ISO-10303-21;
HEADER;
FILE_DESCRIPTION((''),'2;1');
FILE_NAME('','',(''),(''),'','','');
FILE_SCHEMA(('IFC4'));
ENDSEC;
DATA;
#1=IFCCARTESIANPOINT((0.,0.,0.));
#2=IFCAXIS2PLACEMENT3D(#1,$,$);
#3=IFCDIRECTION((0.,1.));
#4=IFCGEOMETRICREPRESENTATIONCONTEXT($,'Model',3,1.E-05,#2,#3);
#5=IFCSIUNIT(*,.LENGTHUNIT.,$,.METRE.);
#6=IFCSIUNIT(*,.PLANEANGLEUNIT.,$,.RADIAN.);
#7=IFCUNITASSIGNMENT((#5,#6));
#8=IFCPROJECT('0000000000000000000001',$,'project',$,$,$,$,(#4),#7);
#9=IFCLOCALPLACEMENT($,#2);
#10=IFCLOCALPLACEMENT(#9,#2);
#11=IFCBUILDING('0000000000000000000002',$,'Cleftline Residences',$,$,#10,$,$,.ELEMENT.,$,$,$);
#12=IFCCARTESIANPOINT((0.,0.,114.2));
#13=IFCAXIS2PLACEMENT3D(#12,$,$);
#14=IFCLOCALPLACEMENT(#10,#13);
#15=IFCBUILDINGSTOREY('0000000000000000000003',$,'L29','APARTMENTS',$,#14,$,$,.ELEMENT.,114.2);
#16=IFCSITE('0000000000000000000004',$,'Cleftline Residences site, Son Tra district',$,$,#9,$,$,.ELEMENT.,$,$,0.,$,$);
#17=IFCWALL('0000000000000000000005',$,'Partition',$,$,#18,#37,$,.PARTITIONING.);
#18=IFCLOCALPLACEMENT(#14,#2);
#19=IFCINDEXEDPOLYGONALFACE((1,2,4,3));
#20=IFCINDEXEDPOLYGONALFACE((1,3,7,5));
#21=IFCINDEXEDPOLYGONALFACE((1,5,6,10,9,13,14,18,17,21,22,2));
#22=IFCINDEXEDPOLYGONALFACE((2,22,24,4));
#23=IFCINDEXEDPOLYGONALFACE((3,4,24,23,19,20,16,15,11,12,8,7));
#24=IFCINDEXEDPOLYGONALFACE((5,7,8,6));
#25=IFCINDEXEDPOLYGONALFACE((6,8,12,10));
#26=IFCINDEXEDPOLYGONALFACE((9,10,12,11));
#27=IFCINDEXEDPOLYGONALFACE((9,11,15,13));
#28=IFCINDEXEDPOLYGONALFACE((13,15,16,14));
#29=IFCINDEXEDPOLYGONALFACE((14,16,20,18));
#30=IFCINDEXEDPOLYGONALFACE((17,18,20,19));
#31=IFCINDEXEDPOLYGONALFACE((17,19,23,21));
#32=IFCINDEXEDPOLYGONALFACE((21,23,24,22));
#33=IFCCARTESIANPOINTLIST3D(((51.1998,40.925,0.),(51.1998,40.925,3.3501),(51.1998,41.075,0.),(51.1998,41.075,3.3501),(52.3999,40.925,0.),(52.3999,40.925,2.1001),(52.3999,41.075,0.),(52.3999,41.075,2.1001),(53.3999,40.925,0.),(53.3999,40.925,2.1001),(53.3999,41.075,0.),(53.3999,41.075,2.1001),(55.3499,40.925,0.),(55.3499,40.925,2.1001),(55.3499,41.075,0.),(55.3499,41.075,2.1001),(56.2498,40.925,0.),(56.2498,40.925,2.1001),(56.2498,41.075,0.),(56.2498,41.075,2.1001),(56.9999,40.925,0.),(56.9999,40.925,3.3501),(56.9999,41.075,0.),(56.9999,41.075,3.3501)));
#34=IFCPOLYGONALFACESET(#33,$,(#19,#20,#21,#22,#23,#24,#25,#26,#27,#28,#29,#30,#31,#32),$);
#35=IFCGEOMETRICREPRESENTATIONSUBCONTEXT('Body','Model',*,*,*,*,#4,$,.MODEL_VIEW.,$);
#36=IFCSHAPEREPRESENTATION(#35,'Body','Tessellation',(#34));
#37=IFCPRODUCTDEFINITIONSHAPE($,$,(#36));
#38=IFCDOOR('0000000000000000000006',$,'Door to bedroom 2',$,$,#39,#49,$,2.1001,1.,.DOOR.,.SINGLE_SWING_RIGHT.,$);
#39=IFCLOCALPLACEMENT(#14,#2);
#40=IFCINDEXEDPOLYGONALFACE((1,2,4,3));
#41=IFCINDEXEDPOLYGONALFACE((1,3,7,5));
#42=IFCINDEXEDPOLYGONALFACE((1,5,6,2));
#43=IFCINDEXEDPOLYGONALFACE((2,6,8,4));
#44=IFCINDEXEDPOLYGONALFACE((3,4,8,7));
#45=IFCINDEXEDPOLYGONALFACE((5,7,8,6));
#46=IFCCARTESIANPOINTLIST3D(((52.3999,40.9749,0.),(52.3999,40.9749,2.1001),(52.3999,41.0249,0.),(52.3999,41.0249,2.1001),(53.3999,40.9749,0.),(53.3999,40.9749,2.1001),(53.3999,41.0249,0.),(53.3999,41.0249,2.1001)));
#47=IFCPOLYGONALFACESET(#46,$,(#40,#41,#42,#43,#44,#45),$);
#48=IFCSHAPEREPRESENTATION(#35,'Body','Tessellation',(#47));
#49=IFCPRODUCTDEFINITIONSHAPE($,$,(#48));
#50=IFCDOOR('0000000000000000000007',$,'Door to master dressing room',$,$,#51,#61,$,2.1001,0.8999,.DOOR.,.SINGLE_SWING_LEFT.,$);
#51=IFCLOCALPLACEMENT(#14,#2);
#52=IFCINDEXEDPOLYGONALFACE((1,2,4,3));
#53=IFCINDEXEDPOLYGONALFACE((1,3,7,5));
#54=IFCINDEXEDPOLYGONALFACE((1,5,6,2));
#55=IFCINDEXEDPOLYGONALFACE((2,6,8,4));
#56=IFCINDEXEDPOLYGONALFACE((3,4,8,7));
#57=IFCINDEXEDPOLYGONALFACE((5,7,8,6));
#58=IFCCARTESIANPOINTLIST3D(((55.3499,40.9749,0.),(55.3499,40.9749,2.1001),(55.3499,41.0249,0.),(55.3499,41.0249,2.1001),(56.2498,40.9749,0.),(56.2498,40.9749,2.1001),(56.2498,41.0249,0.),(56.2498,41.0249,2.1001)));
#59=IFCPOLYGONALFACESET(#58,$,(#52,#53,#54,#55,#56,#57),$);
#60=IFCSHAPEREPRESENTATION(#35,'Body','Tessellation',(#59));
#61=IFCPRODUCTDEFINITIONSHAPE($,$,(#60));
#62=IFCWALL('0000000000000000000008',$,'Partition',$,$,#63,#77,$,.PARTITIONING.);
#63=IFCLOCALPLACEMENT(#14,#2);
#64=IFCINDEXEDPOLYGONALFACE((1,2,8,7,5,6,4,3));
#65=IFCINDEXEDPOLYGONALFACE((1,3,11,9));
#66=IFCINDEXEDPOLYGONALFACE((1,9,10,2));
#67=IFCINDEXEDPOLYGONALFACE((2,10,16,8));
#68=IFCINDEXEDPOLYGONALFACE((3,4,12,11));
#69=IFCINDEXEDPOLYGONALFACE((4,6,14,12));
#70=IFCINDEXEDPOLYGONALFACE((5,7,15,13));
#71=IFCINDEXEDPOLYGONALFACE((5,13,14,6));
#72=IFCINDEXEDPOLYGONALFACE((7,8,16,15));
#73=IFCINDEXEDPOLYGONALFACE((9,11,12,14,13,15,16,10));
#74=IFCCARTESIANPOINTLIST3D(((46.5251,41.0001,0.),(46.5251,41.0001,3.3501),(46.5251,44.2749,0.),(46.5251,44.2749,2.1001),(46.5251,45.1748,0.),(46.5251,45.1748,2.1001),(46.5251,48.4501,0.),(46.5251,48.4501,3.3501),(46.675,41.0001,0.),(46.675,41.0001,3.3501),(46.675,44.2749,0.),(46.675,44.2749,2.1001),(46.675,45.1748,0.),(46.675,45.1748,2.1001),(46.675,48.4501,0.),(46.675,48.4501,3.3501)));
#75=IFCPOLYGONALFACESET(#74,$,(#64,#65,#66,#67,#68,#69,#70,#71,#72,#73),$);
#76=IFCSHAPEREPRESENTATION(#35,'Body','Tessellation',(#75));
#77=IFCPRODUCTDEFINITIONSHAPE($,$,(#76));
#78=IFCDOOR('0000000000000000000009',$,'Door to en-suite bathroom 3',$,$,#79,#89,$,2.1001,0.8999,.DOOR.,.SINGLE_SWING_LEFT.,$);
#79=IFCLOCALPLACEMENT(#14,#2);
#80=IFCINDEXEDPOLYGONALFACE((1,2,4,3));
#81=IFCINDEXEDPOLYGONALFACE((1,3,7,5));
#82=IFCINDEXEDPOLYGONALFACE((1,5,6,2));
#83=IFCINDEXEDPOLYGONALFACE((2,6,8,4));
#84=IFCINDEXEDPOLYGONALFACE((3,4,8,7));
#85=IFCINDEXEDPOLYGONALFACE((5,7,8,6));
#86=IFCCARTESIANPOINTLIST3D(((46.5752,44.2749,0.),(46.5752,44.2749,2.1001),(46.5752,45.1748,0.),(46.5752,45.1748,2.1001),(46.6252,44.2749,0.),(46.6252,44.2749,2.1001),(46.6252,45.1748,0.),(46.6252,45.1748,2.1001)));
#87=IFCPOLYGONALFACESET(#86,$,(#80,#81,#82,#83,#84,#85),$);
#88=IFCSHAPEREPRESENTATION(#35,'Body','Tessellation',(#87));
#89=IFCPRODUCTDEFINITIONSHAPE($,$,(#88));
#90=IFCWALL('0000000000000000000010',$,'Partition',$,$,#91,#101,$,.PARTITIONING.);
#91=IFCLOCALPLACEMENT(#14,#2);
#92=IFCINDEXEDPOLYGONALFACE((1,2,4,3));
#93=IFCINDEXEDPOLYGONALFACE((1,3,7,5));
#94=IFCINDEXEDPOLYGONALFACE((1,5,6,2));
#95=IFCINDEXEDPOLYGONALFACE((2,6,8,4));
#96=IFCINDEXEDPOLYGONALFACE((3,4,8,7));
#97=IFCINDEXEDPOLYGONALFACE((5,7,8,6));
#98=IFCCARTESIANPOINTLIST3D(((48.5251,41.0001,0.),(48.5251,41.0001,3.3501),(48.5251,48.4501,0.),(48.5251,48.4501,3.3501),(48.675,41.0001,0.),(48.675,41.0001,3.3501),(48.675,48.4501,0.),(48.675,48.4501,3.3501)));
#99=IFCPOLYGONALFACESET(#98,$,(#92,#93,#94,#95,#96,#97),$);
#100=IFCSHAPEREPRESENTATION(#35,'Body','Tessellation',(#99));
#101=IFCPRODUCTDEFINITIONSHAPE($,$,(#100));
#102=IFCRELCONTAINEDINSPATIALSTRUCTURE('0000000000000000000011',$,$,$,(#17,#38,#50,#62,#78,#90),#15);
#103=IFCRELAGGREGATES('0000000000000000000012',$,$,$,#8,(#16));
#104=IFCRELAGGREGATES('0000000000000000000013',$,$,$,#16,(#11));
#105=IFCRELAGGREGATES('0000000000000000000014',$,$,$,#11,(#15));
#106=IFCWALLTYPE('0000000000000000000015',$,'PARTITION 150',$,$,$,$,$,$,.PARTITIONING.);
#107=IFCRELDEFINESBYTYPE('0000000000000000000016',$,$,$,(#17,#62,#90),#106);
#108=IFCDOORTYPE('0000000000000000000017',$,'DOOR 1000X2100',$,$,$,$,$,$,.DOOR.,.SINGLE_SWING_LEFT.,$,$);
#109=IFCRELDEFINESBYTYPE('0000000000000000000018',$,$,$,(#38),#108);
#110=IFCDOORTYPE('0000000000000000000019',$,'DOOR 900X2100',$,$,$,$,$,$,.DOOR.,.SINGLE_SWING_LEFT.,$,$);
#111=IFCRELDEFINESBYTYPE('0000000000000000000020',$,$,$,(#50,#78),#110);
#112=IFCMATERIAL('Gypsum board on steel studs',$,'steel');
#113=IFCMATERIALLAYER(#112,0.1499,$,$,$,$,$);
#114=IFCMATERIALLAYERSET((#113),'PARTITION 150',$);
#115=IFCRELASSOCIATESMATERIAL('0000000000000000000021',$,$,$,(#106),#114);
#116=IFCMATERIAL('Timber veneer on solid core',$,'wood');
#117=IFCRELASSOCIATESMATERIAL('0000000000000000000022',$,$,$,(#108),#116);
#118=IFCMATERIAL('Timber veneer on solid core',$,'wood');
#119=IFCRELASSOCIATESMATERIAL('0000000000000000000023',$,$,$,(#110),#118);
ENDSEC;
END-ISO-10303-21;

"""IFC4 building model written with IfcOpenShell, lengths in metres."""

from ifc_helpers import new_model, si_unit, direction, frame, frame_2d, origin, place, context, subcontext, project, spatial, rectangle, extrude, material, layer, layer_set, type_object, element, fill, save


model = new_model("IFC4")

# Units and contexts
model_context = context("Model", 3, precision=1e-05, world=origin(), true_north=direction((0.0, 1.0)))
body_context = subcontext(model_context, "Body", "Model", "MODEL_VIEW")
ifc_project = project(units=[si_unit("LENGTHUNIT", "METRE"), si_unit("PLANEANGLEUNIT", "RADIAN")], contexts=[model_context])

# Site, building, storey
site_placement = place(None, origin())
site = spatial("IfcSite", under=ifc_project, at=site_placement, Name="Cleftline Residences site, Son Tra district", CompositionType="ELEMENT", RefElevation=0.0)
building_placement = place(site_placement, origin())
building = spatial("IfcBuilding", under=site, at=building_placement, Name="Cleftline Residences", CompositionType="ELEMENT")
storey_placement = place(building_placement, frame((0.0, 0.0, 114.2)))
storey = spatial("IfcBuildingStorey", under=building, at=storey_placement, Name="L29", Description="APARTMENTS", CompositionType="ELEMENT", Elevation=114.2)

# Shared definitions
ifc_material_1 = material(Name="Gypsum board on steel studs", Category="steel")
ifc_layer_1 = layer(ifc_material_1, 0.1499)
ifc_layer_set_1 = layer_set([ifc_layer_1], Name="PARTITION 150")
wall_type = type_object("IfcWallType", Name="PARTITION 150", PredefinedType="PARTITIONING", material=ifc_layer_set_1)
ifc_material_2 = material(Name="Timber veneer on solid core", Category="wood")
door_type_1 = type_object("IfcDoorType", Name="DOOR 1000X2100", OperationType="SINGLE_SWING_LEFT", PredefinedType="DOOR", material=ifc_material_2)
ifc_material_3 = material(Name="Timber veneer on solid core", Category="wood")
door_type_2 = type_object("IfcDoorType", Name="DOOR 900X2100", OperationType="SINGLE_SWING_LEFT", PredefinedType="DOOR", material=ifc_material_3)

# Wall, openings, doors
wall_1_placement = place(storey_placement, frame((51.2, 41.0, 0.0), z_axis=(0.0, 0.0, 1.0), x_axis=(1.0, 0.0, 0.0)))
wall_1 = element("IfcWall", 1, at=wall_1_placement, inside=storey, type_object=wall_type, Name="Partition", PredefinedType="PARTITIONING", context=body_context, shape_type="SweptSolid", body=[
    extrude(rectangle(XDim=5.8, YDim=0.1499, at=frame_2d((2.8999, 0.0))), origin(), (0.0, 0.0, 1.0), 3.3501),
])
opening_1_placement = place(wall_1_placement, frame((4.1499, 0.0, 0.0)))
opening_1 = element("IfcOpeningElement", 2, at=opening_1_placement, cuts=wall_1, PredefinedType="OPENING", context=body_context, shape_type="SweptSolid", body=[
    extrude(rectangle(XDim=0.8999, YDim=2.1001, at=frame_2d((0.45, 1.05))), frame((0.0, 0.085, 0.0), z_axis=(0.0, -1.0, 0.0), x_axis=(1.0, 0.0, 0.0)), (0.0, 0.0, 1.0), 0.1699),
])
opening_2_placement = place(wall_1_placement, frame((1.2, 0.0, 0.0)))
opening_2 = element("IfcOpeningElement", 3, at=opening_2_placement, cuts=wall_1, PredefinedType="OPENING", context=body_context, shape_type="SweptSolid", body=[
    extrude(rectangle(XDim=1.0, YDim=2.1001, at=frame_2d((0.5, 1.05))), frame((0.0, 0.085, 0.0), z_axis=(0.0, -1.0, 0.0), x_axis=(1.0, 0.0, 0.0)), (0.0, 0.0, 1.0), 0.1699),
])
door_1_placement = place(opening_2_placement, origin())
door_1 = element("IfcDoor", 4, at=door_1_placement, inside=storey, type_object=door_type_1, Name="Door to bedroom 2", OperationType="SINGLE_SWING_RIGHT", OverallHeight=2.1001, OverallWidth=1.0, PredefinedType="DOOR", context=body_context, shape_type="SweptSolid", body=[
    extrude(rectangle(XDim=1.0, YDim=2.1001, at=frame_2d((0.5, 1.05))), frame((0.0, 0.0249, 0.0), z_axis=(0.0, -1.0, 0.0), x_axis=(1.0, 0.0, 0.0)), (0.0, 0.0, 1.0), 0.05),
])
fill(opening_2, door_1)
door_2_placement = place(opening_1_placement, origin())
door_2 = element("IfcDoor", 5, at=door_2_placement, inside=storey, type_object=door_type_2, Name="Door to master dressing room", OperationType="SINGLE_SWING_LEFT", OverallHeight=2.1001, OverallWidth=0.8999, PredefinedType="DOOR", context=body_context, shape_type="SweptSolid", body=[
    extrude(rectangle(XDim=0.8999, YDim=2.1001, at=frame_2d((0.45, 1.05))), frame((0.0, 0.0249, 0.0), z_axis=(0.0, -1.0, 0.0), x_axis=(1.0, 0.0, 0.0)), (0.0, 0.0, 1.0), 0.05),
])
fill(opening_1, door_2)

# Wall, opening, door
wall_2_placement = place(storey_placement, frame((46.6001, 41.0, 0.0), z_axis=(0.0, 0.0, 1.0), x_axis=(0.0, 1.0, 0.0)))
wall_2 = element("IfcWall", 6, at=wall_2_placement, inside=storey, type_object=wall_type, Name="Partition", PredefinedType="PARTITIONING", context=body_context, shape_type="SweptSolid", body=[
    extrude(rectangle(XDim=7.45, YDim=0.1499, at=frame_2d((3.7251, 0.0))), origin(), (0.0, 0.0, 1.0), 3.3501),
])
opening_3_placement = place(wall_2_placement, frame((3.2749, 0.0, 0.0)))
opening_3 = element("IfcOpeningElement", 7, at=opening_3_placement, cuts=wall_2, PredefinedType="OPENING", context=body_context, shape_type="SweptSolid", body=[
    extrude(rectangle(XDim=0.8999, YDim=2.1001, at=frame_2d((0.45, 1.05))), frame((0.0, 0.085, 0.0), z_axis=(0.0, -1.0, 0.0), x_axis=(1.0, 0.0, 0.0)), (0.0, 0.0, 1.0), 0.1699),
])
door_3_placement = place(opening_3_placement, origin())
door_3 = element("IfcDoor", 8, at=door_3_placement, inside=storey, type_object=door_type_2, Name="Door to en-suite bathroom 3", OperationType="SINGLE_SWING_LEFT", OverallHeight=2.1001, OverallWidth=0.8999, PredefinedType="DOOR", context=body_context, shape_type="SweptSolid", body=[
    extrude(rectangle(XDim=0.8999, YDim=2.1001, at=frame_2d((0.45, 1.05))), frame((0.0, 0.0249, 0.0), z_axis=(0.0, -1.0, 0.0), x_axis=(1.0, 0.0, 0.0)), (0.0, 0.0, 1.0), 0.05),
])
fill(opening_3, door_3)

# Wall
wall_3_placement = place(storey_placement, frame((48.6001, 41.0, 0.0), z_axis=(0.0, 0.0, 1.0), x_axis=(0.0, 1.0, 0.0)))
element("IfcWall", 9, at=wall_3_placement, inside=storey, type_object=wall_type, Name="Partition", PredefinedType="PARTITIONING", context=body_context, shape_type="SweptSolid", body=[
    extrude(rectangle(XDim=7.45, YDim=0.1499, at=frame_2d((3.7251, 0.0))), origin(), (0.0, 0.0, 1.0), 3.3501),
])

save(model, "model.ifc")
